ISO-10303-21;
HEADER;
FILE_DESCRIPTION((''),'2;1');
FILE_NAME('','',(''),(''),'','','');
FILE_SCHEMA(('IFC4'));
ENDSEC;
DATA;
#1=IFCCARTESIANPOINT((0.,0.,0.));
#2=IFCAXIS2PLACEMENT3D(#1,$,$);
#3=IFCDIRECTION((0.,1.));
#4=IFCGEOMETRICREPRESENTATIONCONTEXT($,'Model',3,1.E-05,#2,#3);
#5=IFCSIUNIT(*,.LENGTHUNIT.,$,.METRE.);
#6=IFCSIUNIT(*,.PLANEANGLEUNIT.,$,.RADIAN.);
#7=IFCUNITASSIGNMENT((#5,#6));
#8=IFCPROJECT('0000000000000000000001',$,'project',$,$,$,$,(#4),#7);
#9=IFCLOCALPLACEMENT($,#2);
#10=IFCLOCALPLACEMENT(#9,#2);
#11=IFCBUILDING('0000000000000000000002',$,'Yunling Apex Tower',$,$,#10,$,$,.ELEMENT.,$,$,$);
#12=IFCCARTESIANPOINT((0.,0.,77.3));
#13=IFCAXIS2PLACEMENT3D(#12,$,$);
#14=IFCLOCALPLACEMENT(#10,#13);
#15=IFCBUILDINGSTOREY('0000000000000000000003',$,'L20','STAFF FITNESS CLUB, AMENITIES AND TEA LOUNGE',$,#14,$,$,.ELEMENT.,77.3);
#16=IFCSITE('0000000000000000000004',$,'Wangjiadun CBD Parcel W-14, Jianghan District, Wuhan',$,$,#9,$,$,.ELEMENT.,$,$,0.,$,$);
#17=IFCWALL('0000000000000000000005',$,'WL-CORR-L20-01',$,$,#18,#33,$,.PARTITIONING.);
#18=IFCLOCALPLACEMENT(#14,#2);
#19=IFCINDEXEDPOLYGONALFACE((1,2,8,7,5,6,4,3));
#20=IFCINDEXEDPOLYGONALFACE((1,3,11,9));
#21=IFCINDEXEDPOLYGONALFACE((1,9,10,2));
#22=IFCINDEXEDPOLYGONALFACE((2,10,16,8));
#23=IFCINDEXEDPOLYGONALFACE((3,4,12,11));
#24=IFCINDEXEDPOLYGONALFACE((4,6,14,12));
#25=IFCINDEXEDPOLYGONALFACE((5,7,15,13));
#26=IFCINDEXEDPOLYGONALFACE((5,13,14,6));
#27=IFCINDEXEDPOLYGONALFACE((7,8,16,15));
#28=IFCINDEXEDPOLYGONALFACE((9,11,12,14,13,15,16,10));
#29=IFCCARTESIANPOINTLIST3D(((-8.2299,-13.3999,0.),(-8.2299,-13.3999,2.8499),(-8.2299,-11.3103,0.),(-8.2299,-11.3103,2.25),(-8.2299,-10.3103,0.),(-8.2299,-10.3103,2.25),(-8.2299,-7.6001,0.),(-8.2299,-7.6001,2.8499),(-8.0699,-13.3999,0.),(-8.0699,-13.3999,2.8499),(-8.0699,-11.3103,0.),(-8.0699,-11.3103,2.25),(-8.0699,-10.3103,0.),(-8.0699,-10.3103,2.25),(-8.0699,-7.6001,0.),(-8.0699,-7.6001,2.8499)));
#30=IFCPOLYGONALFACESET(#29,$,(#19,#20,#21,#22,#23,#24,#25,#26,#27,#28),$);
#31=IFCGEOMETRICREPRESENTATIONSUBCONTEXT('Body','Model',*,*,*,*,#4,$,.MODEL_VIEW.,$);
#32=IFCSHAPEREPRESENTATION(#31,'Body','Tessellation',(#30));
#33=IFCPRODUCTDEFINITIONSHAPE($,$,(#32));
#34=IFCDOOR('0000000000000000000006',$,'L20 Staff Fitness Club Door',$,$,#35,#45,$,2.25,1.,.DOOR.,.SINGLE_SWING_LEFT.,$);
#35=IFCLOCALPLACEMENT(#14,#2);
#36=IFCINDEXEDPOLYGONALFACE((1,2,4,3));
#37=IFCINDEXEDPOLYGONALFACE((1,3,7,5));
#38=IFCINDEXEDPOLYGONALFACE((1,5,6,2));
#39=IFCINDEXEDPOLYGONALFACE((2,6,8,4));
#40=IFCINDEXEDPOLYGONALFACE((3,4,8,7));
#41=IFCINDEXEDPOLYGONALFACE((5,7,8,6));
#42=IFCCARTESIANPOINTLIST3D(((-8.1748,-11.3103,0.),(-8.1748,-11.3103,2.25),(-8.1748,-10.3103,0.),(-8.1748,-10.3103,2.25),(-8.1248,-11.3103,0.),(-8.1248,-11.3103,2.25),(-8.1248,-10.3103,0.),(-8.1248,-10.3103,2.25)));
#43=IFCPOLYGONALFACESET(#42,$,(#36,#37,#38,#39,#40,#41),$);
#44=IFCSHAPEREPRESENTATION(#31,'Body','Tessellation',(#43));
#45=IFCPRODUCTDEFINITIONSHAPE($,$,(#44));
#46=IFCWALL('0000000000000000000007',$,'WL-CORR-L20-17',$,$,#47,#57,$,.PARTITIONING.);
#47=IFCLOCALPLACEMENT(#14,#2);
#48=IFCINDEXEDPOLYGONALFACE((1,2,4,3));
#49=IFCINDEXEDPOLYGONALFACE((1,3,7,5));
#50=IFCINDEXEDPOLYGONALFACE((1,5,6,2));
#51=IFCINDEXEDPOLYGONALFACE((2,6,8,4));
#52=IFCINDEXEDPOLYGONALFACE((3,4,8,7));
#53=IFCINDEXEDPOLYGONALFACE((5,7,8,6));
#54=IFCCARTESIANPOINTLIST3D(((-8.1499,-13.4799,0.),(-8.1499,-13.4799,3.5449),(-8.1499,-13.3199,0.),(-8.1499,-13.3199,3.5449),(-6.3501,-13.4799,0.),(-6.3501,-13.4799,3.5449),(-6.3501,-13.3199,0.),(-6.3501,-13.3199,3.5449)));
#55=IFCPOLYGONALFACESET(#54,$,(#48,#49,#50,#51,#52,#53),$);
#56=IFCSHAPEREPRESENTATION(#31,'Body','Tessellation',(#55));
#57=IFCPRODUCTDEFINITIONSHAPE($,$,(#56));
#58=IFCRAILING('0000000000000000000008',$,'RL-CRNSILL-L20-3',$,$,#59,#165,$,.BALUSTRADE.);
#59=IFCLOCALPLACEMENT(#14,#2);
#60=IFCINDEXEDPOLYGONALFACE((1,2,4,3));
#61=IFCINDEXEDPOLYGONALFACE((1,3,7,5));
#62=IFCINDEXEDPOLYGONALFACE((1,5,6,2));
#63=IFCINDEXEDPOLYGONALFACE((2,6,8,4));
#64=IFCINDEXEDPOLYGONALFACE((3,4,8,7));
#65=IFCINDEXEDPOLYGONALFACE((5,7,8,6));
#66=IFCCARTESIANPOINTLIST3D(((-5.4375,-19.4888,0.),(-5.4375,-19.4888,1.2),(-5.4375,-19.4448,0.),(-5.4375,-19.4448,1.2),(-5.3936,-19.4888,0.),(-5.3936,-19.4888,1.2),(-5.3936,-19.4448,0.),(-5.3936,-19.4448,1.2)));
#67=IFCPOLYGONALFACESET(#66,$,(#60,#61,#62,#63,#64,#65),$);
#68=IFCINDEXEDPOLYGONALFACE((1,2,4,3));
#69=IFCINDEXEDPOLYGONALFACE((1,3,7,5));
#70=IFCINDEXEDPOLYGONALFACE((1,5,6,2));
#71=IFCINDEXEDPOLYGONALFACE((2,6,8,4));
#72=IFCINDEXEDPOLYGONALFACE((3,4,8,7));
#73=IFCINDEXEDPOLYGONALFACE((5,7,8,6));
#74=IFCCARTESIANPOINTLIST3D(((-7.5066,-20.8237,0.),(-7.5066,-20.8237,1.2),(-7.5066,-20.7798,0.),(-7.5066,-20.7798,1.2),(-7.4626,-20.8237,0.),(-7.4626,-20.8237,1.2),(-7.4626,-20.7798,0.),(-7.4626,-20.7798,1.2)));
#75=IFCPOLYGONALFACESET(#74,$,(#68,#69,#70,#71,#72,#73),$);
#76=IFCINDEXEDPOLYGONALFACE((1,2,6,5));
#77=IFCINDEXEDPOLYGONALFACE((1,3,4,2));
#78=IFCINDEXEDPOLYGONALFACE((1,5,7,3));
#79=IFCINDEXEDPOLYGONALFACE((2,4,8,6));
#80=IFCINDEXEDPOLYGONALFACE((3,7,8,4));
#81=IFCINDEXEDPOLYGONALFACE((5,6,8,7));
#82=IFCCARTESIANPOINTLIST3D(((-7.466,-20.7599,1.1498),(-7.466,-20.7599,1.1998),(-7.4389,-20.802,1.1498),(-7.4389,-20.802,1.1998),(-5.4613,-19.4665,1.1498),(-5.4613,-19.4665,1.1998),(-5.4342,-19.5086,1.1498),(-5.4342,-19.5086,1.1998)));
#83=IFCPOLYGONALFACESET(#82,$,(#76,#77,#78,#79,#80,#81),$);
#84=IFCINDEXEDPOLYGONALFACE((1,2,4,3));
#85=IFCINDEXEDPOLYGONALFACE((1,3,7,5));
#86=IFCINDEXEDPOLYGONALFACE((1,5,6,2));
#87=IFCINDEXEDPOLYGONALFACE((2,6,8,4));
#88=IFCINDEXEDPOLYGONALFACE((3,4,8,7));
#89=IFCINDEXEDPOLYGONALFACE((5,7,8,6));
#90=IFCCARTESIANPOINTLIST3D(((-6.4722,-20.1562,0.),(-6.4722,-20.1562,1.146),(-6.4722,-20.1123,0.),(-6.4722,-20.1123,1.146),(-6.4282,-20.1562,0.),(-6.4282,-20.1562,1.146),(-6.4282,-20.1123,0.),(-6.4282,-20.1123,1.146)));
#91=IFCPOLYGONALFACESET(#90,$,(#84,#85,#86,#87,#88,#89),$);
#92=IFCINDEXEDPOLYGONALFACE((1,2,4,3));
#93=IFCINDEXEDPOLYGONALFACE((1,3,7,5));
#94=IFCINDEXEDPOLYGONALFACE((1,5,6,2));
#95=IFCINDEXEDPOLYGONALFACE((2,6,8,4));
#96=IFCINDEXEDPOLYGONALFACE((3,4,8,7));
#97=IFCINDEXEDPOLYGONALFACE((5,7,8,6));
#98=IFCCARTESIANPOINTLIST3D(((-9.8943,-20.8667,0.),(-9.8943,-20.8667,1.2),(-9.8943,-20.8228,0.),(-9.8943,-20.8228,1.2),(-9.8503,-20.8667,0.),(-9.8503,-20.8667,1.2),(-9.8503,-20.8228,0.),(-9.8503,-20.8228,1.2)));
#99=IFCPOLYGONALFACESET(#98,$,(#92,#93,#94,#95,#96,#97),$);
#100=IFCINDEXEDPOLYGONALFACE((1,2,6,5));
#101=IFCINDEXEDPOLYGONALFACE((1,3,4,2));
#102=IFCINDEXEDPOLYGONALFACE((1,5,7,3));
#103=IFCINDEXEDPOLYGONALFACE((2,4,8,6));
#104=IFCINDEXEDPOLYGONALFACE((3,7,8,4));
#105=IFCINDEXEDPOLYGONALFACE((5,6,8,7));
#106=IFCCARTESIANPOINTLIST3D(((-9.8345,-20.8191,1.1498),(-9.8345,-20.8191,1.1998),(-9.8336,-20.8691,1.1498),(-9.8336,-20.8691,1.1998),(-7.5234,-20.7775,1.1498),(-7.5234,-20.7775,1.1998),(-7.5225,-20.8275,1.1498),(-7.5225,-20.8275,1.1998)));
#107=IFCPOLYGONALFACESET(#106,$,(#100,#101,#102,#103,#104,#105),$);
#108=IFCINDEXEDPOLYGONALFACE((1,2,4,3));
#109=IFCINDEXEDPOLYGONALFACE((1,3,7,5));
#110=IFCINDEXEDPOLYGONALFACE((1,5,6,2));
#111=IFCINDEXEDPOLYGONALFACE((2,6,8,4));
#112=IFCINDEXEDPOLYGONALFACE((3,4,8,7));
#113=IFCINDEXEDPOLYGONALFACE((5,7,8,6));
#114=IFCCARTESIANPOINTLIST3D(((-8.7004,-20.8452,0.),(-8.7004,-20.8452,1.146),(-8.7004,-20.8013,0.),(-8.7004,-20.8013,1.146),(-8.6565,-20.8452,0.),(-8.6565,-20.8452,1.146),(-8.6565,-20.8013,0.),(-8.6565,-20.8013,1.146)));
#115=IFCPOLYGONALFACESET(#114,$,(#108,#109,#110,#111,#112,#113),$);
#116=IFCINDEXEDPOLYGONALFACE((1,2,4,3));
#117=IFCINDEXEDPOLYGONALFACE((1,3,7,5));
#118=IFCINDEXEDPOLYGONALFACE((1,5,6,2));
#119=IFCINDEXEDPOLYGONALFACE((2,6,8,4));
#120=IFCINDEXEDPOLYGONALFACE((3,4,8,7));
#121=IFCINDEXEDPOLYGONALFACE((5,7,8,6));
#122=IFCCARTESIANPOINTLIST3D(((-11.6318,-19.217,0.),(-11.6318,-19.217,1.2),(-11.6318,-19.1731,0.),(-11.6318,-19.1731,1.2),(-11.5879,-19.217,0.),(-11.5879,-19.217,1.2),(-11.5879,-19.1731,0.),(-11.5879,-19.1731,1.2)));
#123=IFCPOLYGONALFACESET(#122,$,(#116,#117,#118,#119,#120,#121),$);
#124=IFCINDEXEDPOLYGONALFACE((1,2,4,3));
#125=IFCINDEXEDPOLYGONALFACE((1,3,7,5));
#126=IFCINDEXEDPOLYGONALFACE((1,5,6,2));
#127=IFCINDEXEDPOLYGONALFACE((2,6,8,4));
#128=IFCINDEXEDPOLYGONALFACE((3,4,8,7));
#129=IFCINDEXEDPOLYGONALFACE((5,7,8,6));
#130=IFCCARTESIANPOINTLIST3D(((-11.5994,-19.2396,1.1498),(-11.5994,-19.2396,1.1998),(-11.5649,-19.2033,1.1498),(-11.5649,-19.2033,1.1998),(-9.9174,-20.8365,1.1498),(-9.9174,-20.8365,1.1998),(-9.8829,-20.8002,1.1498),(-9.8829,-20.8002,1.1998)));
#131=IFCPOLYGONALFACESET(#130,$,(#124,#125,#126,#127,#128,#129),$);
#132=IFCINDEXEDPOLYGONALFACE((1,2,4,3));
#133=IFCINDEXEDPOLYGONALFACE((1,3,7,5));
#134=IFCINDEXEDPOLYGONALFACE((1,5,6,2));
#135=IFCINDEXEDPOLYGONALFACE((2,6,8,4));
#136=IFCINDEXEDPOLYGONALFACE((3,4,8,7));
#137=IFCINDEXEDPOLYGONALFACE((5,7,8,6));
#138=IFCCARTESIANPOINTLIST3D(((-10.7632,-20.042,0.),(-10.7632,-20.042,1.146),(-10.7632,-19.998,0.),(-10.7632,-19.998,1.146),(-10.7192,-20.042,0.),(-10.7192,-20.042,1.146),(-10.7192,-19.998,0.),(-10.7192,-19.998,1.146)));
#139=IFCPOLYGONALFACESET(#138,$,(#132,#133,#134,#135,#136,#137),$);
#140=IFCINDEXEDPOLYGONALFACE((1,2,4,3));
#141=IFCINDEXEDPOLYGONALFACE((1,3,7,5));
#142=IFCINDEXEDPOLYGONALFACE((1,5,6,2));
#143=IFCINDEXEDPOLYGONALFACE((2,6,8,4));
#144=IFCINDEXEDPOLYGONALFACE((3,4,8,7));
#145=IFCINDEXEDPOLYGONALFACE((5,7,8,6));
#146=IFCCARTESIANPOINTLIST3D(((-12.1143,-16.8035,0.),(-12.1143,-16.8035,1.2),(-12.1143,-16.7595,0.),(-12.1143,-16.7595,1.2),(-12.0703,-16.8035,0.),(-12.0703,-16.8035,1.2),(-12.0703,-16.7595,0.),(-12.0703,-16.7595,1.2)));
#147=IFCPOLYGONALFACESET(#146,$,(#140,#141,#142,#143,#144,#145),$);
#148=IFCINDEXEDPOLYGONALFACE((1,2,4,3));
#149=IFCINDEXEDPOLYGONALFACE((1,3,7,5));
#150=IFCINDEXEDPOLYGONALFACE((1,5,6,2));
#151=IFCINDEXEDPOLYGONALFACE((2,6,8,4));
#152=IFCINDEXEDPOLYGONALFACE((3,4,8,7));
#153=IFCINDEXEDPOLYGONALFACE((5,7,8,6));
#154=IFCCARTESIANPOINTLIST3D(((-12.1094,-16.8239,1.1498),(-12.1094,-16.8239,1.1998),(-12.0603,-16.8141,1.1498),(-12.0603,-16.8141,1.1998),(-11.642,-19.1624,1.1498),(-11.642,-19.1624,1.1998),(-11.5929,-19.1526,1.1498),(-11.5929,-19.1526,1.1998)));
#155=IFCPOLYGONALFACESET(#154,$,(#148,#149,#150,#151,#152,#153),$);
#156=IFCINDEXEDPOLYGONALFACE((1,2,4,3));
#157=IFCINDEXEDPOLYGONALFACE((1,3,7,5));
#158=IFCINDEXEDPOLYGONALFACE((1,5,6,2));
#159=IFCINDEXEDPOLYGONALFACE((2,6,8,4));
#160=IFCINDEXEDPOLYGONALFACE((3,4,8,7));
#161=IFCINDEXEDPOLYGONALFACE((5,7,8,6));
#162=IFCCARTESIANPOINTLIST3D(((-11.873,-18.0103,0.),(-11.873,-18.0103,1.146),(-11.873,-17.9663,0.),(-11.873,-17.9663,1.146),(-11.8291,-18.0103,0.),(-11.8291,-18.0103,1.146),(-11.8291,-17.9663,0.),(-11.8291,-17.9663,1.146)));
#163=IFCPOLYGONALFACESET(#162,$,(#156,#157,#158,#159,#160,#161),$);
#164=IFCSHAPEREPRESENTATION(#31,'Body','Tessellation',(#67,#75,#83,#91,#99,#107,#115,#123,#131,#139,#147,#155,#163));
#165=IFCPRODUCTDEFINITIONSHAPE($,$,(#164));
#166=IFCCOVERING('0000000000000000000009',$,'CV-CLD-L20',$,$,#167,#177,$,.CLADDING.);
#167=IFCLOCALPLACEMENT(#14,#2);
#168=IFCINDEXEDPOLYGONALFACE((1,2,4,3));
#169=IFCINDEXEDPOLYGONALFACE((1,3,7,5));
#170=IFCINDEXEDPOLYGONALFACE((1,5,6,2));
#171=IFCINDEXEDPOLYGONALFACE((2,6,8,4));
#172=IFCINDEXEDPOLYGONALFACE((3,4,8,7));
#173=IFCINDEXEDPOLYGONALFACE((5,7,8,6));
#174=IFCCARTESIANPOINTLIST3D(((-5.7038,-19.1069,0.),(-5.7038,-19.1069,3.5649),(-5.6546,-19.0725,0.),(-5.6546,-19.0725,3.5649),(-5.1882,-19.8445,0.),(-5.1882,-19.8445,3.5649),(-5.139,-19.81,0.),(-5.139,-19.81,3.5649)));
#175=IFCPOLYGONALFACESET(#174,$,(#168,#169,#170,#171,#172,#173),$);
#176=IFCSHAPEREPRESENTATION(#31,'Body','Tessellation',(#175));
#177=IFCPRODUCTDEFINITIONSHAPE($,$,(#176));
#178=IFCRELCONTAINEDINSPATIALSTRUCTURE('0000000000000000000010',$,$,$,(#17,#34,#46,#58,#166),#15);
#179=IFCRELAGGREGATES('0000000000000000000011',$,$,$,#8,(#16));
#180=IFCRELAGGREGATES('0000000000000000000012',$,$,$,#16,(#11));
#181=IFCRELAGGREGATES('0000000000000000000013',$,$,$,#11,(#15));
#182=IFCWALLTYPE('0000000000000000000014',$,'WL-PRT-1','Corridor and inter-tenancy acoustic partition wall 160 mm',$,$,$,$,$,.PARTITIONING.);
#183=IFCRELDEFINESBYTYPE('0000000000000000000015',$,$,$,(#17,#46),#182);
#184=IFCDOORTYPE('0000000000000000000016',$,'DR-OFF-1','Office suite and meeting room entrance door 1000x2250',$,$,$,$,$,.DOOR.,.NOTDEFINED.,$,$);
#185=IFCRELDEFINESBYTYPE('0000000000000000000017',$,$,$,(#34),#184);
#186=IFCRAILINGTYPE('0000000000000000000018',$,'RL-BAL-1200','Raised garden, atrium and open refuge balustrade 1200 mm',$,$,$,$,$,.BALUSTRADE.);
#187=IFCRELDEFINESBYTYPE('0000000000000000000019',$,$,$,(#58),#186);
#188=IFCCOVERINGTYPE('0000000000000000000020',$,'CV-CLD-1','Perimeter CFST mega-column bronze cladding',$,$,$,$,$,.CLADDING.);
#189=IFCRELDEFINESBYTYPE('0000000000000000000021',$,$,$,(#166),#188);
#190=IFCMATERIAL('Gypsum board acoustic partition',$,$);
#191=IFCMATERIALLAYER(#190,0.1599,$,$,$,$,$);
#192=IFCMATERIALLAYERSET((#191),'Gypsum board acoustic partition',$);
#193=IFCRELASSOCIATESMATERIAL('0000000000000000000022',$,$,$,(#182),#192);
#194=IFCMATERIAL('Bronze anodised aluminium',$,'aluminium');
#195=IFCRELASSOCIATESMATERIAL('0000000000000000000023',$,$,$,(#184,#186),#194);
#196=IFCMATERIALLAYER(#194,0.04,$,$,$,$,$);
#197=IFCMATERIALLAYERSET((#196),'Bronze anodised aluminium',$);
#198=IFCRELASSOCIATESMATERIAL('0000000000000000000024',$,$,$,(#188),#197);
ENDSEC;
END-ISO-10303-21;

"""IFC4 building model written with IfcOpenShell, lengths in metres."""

from ifc_helpers import new_model, si_unit, direction, frame, frame_2d, origin, origin_2d, place, context, subcontext, project, spatial, rectangle, extrude, source, transform, mapped, material, layer, layer_set, type_object, element, fill, save


model = new_model("IFC4")

# Units and contexts
model_context = context("Model", 3, precision=1e-05, world=origin(), true_north=direction((0.0, 1.0)))
body_context = subcontext(model_context, "Body", "Model", "MODEL_VIEW")
ifc_project = project(units=[si_unit("LENGTHUNIT", "METRE"), si_unit("PLANEANGLEUNIT", "RADIAN")], contexts=[model_context])

# Site, building, storey
site_placement = place(None, origin())
site = spatial("IfcSite", under=ifc_project, at=site_placement, Name="Wangjiadun CBD Parcel W-14, Jianghan District, Wuhan", CompositionType="ELEMENT", RefElevation=0.0)
building_placement = place(site_placement, origin())
building = spatial("IfcBuilding", under=site, at=building_placement, Name="Yunling Apex Tower", CompositionType="ELEMENT")
storey_placement = place(building_placement, frame((0.0, 0.0, 77.3)))
storey = spatial("IfcBuildingStorey", under=building, at=storey_placement, Name="L20", Description="STAFF FITNESS CLUB, AMENITIES AND TEA LOUNGE", CompositionType="ELEMENT", Elevation=77.3)

# Shared definitions
ifc_material_1 = material(Name="Bronze anodised aluminium", Category="aluminium")

# Wall, opening, door
ifc_material_2 = material(Name="Gypsum board acoustic partition")
ifc_layer_1 = layer(ifc_material_2, 0.1599)
ifc_layer_set_1 = layer_set([ifc_layer_1], Name="Gypsum board acoustic partition")
wall_type = type_object("IfcWallType", Name="WL-PRT-1", Description="Corridor and inter-tenancy acoustic partition wall 160 mm", PredefinedType="PARTITIONING", material=ifc_layer_set_1)
wall_1_placement = place(storey_placement, frame((-8.1499, -13.3999, 0.0), z_axis=(0.0, 0.0, 1.0), x_axis=(0.0, 1.0, 0.0)))
wall_1 = element("IfcWall", 1, at=wall_1_placement, inside=storey, type_object=wall_type, Name="WL-CORR-L20-01", PredefinedType="PARTITIONING", context=body_context, shape_type="SweptSolid", body=[
    extrude(rectangle(XDim=5.7998, YDim=0.1599, at=frame_2d((2.8999, 0.0))), origin(), (0.0, 0.0, 1.0), 2.8499),
])
opening_placement = place(wall_1_placement, frame((2.0896, 0.0, 0.0)))
opening = element("IfcOpeningElement", 2, at=opening_placement, cuts=wall_1, PredefinedType="OPENING", context=body_context, shape_type="SweptSolid", body=[
    extrude(rectangle(XDim=1.0, YDim=2.25, at=frame_2d((0.5, 1.125))), frame((0.0, 0.0898, 0.0), z_axis=(0.0, -1.0, 0.0), x_axis=(1.0, 0.0, 0.0)), (0.0, 0.0, 1.0), 0.1799),
])
door_type = type_object("IfcDoorType", Name="DR-OFF-1", Description="Office suite and meeting room entrance door 1000x2250", OperationType="NOTDEFINED", PredefinedType="DOOR", material=ifc_material_1)
door_placement = place(opening_placement, origin())
door = element("IfcDoor", 3, at=door_placement, inside=storey, type_object=door_type, Name="L20 Staff Fitness Club Door", OperationType="SINGLE_SWING_LEFT", OverallHeight=2.25, OverallWidth=1.0, PredefinedType="DOOR", context=body_context, shape_type="SweptSolid", body=[
    extrude(rectangle(XDim=1.0, YDim=2.25, at=frame_2d((0.5, 1.125))), frame((0.0, 0.0249, 0.0), z_axis=(0.0, -1.0, 0.0), x_axis=(1.0, 0.0, 0.0)), (0.0, 0.0, 1.0), 0.05),
])
fill(opening, door)

# Wall
wall_2_placement = place(storey_placement, frame((-6.3501, -13.3999, 0.0), z_axis=(0.0, 0.0, 1.0), x_axis=(-1.0, 0.0, 0.0)))
element("IfcWall", 4, at=wall_2_placement, inside=storey, type_object=wall_type, Name="WL-CORR-L20-17", PredefinedType="PARTITIONING", context=body_context, shape_type="SweptSolid", body=[
    extrude(rectangle(XDim=1.7998, YDim=0.1599, at=frame_2d((0.8999, 0.0))), origin(), (0.0, 0.0, 1.0), 3.5449),
])

# Railing
railing_type = type_object("IfcRailingType", Name="RL-BAL-1200", Description="Raised garden, atrium and open refuge balustrade 1200 mm", PredefinedType="BALUSTRADE", material=ifc_material_1)
railing_placement = place(storey_placement, frame((-5.4155, -19.4668, 0.0)))
element("IfcRailing", 5, at=railing_placement, inside=storey, type_object=railing_type, Name="RL-CRNSILL-L20-3", PredefinedType="BALUSTRADE", context=body_context, shape_type="SweptSolid", body=[
    extrude(rectangle(XDim=0.0439, YDim=0.0439, at=origin_2d()), origin(), (0.0, 0.0, 1.0), 1.2),
    extrude(rectangle(XDim=0.0439, YDim=0.0439, at=origin_2d()), frame((-2.0691, -1.335, 0.0)), (0.0, 0.0, 1.0), 1.2),
    extrude(rectangle(XDim=0.05, YDim=0.05, at=origin_2d()), frame((-0.0322, -0.0208, 1.1748), z_axis=(-0.840285, -0.542145, 0.0), x_axis=(0.542145, -0.840285, 0.0)), (0.0, 0.0, 1.0), 2.3857),
    extrude(rectangle(XDim=0.0439, YDim=0.0439, at=origin_2d()), frame((-1.0347, -0.6675, 0.0)), (0.0, 0.0, 1.0), 1.146),
    extrude(rectangle(XDim=0.0439, YDim=0.0439, at=origin_2d()), frame((-4.4568, -1.3779, 0.0)), (0.0, 0.0, 1.0), 1.2),
    extrude(rectangle(XDim=0.05, YDim=0.05, at=origin_2d()), frame((-2.1074, -1.3357, 1.1748), z_axis=(-0.999838, -0.017993, 0.0), x_axis=(0.017993, -0.999838, 0.0)), (0.0, 0.0, 1.0), 2.3115),
    extrude(rectangle(XDim=0.0439, YDim=0.0439, at=origin_2d()), frame((-3.2629, -1.3564, 0.0)), (0.0, 0.0, 1.0), 1.146),
    extrude(rectangle(XDim=0.0439, YDim=0.0439, at=origin_2d()), frame((-6.1943, 0.2717, 0.0)), (0.0, 0.0, 1.0), 1.2),
    extrude(rectangle(XDim=0.05, YDim=0.05, at=origin_2d()), frame((-4.4846, -1.3516, 1.1748), z_axis=(-0.725211, 0.688527, 0.0), x_axis=(-0.688527, -0.725211, 0.0)), (0.0, 0.0, 1.0), 2.3193),
    extrude(rectangle(XDim=0.0439, YDim=0.0439, at=origin_2d()), frame((-5.3257, -0.5532, 0.0)), (0.0, 0.0, 1.0), 1.146),
    extrude(rectangle(XDim=0.0439, YDim=0.0439, at=origin_2d()), frame((-6.6768, 2.6853, 0.0)), (0.0, 0.0, 1.0), 1.2),
    extrude(rectangle(XDim=0.05, YDim=0.05, at=origin_2d()), frame((-6.2019, 0.3093, 1.1748), z_axis=(-0.196002, 0.980604, 0.0), x_axis=(-0.980604, -0.196002, 0.0)), (0.0, 0.0, 1.0), 2.3848),
    extrude(rectangle(XDim=0.0439, YDim=0.0439, at=origin_2d()), frame((-6.4355, 1.4785, 0.0)), (0.0, 0.0, 1.0), 1.146),
])

# Covering
ifc_layer_2 = layer(ifc_material_1, 0.04)
ifc_layer_set_2 = layer_set([ifc_layer_2], Name="Bronze anodised aluminium")
covering_type = type_object("IfcCoveringType", Name="CV-CLD-1", Description="Perimeter CFST mega-column bronze cladding", PredefinedType="CLADDING", material=ifc_layer_set_2)
shared_shape_1 = source(origin(), body_context, "Body", "SweptSolid", [
    extrude(rectangle(XDim=0.0601, YDim=0.8999, at=origin_2d()), origin(), (0.0, 0.0, 1.0), 3.5649),
])
covering_placement = place(storey_placement, frame((-5.4214, -19.4585, 0.0), z_axis=(0.0, 0.0, 1.0), x_axis=(0.819552, 0.573004, 0.0)))
element("IfcCovering", 6, at=covering_placement, inside=storey, type_object=covering_type, Name="CV-CLD-L20", PredefinedType="CLADDING", context=body_context, shape_type="MappedRepresentation", body=[
    mapped(shared_shape_1, transform((0.0, 0.0, 0.0), scale=1.0)),
])

save(model, "model.ifc")
